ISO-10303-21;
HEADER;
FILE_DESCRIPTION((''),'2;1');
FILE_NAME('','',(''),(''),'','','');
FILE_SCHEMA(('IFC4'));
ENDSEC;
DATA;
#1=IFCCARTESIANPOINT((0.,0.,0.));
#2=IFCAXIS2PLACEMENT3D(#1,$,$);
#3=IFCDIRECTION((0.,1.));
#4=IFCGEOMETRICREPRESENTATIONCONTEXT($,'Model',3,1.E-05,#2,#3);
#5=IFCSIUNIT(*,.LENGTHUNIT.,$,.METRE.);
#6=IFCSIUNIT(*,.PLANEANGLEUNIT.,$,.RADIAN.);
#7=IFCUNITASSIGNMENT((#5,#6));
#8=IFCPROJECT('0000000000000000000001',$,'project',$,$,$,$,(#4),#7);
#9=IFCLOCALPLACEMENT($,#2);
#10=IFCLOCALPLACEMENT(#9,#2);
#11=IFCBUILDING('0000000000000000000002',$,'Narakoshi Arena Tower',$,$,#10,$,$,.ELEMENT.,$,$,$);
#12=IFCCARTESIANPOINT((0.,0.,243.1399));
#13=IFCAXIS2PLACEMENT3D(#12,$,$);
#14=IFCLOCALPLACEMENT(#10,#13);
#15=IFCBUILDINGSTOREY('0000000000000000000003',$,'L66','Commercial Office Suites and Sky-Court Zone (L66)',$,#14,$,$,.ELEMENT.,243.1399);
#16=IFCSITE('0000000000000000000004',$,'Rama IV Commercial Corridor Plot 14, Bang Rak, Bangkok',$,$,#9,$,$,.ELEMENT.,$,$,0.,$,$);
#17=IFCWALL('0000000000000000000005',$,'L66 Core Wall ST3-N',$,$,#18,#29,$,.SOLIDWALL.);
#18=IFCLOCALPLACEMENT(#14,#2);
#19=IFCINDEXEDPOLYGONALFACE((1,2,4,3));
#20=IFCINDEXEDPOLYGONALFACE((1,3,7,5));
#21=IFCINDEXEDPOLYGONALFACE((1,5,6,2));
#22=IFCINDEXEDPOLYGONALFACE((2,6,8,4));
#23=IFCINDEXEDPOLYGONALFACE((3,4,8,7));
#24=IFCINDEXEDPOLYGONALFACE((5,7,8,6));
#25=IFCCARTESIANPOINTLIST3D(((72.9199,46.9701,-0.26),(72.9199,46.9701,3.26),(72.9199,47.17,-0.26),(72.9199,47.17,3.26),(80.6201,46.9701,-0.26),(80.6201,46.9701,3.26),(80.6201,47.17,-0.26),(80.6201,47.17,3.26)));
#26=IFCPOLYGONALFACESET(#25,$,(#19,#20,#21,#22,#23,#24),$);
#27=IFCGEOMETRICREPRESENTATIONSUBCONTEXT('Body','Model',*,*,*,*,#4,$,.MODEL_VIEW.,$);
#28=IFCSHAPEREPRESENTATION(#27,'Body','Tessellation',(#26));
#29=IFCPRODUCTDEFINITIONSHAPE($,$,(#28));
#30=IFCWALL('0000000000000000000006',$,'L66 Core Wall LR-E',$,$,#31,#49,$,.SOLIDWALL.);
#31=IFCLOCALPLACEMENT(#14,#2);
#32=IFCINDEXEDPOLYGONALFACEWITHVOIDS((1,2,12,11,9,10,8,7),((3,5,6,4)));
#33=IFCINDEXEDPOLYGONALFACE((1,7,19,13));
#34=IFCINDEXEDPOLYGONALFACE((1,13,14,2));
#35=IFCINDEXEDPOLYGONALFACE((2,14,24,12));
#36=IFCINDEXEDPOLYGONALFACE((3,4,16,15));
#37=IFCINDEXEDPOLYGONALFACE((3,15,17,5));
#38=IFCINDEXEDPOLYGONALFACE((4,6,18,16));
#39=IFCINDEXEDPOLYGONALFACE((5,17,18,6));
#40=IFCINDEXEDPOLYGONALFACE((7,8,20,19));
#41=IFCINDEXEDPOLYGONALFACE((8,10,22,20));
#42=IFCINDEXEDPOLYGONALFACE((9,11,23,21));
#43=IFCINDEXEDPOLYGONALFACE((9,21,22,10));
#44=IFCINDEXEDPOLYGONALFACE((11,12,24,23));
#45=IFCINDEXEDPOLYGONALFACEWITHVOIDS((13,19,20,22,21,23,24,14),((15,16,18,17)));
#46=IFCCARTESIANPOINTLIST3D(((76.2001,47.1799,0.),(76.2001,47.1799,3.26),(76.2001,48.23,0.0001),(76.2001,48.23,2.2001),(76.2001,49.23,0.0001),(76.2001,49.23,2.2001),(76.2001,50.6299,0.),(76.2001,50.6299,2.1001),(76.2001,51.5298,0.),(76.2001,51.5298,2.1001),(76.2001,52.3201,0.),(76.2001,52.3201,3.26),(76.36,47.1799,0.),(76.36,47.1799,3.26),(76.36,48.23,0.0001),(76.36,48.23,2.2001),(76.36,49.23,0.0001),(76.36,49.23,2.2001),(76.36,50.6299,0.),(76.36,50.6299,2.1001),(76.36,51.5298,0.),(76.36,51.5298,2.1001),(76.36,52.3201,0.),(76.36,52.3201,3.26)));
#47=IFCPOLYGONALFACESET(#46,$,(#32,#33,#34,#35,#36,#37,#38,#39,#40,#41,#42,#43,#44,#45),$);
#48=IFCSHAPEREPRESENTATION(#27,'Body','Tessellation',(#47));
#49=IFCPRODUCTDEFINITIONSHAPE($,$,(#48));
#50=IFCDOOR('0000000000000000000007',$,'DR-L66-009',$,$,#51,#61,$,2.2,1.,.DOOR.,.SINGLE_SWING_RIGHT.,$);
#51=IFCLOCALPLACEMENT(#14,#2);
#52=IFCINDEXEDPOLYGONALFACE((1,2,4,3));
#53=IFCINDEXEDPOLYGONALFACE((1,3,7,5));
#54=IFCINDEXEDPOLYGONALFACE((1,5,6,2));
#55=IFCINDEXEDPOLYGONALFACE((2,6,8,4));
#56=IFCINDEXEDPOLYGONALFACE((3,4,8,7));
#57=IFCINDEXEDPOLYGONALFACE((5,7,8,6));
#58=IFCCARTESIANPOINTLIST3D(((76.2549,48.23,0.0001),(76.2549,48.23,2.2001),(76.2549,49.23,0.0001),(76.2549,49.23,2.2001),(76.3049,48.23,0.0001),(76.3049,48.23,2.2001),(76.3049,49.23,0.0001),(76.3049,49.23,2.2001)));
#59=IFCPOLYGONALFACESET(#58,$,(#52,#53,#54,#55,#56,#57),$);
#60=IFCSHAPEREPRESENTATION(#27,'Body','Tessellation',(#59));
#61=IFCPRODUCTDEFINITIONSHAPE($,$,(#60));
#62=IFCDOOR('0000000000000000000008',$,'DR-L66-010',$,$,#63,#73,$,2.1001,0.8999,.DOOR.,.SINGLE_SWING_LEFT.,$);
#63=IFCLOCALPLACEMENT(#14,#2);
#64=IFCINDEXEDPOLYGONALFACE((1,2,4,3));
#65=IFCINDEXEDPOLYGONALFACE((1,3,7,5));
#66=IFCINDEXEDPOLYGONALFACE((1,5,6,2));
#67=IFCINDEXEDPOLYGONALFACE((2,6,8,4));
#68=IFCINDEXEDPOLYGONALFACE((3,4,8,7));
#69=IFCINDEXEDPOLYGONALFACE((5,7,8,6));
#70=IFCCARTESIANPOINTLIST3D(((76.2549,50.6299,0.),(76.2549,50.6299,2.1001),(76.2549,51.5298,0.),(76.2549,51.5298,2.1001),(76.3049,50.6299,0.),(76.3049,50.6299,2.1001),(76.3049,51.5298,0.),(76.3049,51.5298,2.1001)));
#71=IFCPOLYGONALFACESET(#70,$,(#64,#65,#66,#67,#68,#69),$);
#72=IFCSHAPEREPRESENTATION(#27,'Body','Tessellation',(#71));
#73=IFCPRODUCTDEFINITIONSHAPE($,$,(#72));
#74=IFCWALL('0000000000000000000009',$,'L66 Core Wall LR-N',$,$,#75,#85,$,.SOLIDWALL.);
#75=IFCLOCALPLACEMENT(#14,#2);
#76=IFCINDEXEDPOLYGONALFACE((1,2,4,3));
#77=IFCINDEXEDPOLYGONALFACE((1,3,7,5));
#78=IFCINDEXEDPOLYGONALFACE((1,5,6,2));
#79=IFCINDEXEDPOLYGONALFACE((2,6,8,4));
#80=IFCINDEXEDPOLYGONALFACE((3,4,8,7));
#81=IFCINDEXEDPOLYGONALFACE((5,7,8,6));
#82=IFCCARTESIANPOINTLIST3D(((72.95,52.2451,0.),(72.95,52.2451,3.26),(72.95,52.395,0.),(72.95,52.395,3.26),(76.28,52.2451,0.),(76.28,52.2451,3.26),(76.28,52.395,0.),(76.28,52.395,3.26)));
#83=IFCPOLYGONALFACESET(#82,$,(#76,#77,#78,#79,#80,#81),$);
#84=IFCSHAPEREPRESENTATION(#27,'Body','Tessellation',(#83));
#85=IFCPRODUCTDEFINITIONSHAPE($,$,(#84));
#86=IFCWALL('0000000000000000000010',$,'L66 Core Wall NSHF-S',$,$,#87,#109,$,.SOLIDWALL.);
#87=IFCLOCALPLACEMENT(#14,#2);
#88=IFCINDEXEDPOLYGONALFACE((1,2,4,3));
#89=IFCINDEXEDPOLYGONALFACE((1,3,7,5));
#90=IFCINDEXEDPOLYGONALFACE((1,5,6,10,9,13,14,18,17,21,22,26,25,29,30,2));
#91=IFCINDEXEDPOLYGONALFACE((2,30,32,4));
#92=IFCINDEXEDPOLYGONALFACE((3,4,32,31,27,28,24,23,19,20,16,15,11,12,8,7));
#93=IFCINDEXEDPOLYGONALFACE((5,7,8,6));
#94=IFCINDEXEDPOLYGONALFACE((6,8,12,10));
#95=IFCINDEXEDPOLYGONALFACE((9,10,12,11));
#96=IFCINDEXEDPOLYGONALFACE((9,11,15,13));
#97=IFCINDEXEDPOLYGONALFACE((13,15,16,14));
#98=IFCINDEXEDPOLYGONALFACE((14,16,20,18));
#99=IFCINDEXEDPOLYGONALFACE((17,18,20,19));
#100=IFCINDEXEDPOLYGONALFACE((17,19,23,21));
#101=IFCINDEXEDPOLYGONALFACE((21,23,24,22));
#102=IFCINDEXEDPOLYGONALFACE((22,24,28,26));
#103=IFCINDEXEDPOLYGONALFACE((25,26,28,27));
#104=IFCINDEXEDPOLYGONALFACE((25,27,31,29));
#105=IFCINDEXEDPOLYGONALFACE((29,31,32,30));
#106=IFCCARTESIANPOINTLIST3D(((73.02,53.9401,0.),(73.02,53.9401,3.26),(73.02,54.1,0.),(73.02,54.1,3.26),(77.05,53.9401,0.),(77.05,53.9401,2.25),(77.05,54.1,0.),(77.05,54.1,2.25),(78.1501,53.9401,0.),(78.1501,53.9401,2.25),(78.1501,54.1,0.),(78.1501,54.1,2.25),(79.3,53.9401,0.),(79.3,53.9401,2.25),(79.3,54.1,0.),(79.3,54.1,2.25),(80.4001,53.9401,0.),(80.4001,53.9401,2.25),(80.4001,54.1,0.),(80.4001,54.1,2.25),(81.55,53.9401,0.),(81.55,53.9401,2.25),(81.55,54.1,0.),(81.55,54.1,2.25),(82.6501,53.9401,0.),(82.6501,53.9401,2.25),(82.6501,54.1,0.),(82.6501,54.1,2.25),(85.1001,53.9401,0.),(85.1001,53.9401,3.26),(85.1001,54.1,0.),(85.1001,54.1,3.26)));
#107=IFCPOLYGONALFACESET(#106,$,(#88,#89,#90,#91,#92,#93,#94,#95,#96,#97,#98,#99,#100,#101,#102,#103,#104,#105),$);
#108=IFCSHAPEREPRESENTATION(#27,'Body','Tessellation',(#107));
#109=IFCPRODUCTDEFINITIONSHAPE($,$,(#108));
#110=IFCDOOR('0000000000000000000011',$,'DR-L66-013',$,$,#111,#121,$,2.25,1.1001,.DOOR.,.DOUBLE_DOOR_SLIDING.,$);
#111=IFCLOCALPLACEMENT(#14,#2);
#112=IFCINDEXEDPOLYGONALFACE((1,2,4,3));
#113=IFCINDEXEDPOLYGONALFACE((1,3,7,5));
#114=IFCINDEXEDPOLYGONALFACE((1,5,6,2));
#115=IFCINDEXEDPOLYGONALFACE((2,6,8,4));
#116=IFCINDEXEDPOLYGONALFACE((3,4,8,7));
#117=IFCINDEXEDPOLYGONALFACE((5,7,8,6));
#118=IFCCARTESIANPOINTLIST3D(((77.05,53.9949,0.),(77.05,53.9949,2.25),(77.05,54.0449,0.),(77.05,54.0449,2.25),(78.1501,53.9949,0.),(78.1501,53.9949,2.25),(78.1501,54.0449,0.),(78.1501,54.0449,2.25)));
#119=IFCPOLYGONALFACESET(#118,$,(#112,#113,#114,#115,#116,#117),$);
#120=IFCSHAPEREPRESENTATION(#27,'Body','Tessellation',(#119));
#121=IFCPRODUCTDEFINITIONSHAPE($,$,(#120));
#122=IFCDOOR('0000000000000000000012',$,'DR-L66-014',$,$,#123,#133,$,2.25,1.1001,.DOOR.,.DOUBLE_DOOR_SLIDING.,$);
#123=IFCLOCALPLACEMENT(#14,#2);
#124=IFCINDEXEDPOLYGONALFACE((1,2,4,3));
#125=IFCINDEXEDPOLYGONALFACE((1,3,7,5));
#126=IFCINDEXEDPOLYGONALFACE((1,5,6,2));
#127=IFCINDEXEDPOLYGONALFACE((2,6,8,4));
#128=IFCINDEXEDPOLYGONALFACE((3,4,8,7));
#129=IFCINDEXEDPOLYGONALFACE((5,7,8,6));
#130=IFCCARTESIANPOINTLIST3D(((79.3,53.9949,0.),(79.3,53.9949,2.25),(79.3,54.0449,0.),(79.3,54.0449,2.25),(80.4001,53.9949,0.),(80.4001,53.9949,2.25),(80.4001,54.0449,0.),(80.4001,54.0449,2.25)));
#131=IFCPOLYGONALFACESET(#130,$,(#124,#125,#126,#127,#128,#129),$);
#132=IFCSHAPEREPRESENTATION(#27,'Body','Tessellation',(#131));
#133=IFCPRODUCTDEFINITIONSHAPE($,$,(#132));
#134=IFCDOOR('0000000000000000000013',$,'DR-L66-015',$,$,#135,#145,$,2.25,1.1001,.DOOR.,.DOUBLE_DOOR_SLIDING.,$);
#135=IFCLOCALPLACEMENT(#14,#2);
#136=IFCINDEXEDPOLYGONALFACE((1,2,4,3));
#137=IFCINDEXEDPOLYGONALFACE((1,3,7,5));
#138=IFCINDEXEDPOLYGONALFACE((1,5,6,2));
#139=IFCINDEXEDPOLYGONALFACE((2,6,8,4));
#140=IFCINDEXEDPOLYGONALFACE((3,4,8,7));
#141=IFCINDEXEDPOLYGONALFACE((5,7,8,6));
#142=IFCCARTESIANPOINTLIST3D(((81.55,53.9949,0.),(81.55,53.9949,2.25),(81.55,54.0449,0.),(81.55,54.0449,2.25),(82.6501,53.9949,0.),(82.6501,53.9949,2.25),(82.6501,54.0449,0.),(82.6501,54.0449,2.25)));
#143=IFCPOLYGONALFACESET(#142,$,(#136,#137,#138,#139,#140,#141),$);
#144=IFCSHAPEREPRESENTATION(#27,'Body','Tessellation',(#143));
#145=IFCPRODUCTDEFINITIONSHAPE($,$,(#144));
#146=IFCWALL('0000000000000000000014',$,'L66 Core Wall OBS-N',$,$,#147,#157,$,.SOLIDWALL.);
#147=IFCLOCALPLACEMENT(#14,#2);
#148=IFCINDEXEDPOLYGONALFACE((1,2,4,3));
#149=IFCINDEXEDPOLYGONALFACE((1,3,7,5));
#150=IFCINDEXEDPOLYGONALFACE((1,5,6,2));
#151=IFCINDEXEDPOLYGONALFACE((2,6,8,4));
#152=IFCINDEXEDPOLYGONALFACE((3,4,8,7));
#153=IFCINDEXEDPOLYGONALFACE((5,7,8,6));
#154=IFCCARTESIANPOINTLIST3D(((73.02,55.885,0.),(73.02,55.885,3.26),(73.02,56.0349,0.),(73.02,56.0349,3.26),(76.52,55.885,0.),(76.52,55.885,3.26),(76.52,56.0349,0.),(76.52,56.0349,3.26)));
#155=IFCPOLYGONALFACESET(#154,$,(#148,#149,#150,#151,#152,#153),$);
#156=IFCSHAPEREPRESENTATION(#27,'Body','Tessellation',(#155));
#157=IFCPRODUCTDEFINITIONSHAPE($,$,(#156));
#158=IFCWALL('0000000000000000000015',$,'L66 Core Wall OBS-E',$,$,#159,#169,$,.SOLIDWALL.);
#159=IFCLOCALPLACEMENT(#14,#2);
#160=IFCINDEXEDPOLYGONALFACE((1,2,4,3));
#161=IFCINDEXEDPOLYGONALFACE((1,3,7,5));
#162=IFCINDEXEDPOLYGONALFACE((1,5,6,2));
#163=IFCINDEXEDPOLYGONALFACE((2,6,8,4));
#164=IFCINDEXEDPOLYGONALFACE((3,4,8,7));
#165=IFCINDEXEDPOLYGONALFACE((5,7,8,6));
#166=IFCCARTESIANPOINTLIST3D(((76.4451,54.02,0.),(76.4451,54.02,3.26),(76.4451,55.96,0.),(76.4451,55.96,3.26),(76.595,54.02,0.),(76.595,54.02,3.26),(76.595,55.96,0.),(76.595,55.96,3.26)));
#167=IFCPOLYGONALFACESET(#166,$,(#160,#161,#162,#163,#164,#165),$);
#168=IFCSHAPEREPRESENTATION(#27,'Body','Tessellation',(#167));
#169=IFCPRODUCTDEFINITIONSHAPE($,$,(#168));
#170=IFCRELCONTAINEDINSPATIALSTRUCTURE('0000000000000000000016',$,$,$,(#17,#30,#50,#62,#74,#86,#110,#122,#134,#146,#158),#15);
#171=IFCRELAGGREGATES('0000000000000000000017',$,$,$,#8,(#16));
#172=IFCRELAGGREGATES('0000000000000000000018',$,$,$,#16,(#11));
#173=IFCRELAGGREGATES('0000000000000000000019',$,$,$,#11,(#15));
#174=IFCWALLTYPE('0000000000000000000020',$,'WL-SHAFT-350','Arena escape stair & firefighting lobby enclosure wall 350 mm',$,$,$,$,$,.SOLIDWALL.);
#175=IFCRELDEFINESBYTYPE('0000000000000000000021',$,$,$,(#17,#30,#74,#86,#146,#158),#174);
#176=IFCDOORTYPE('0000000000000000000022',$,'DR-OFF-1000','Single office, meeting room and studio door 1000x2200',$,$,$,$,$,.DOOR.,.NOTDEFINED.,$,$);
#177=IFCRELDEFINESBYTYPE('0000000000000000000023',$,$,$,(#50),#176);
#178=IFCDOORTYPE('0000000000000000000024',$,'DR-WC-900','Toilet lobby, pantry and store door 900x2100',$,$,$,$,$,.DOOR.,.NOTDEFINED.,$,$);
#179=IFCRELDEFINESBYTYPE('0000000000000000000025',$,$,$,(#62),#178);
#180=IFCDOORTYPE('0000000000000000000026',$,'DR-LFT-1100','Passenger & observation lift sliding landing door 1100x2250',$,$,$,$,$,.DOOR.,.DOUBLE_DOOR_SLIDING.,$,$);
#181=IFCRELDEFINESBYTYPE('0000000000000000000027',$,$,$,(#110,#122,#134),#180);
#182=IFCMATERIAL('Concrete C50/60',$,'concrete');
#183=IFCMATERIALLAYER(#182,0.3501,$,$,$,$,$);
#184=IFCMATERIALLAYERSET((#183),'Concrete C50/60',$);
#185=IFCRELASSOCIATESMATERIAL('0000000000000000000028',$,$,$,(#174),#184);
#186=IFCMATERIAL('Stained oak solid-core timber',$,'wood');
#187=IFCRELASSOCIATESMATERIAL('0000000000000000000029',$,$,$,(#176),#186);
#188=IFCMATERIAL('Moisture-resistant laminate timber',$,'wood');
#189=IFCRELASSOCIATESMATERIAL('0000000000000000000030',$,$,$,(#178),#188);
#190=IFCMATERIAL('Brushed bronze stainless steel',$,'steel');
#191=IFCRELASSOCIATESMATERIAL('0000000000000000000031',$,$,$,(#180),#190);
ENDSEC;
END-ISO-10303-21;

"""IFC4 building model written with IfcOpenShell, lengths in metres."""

from ifc_helpers import new_model, si_unit, direction, frame, frame_2d, origin, place, context, subcontext, project, spatial, rectangle, extrude, material, layer, layer_set, type_object, element, fill, save


model = new_model("IFC4")

# Units and contexts
model_context = context("Model", 3, precision=1e-05, world=origin(), true_north=direction((0.0, 1.0)))
body_context = subcontext(model_context, "Body", "Model", "MODEL_VIEW")
ifc_project = project(units=[si_unit("LENGTHUNIT", "METRE"), si_unit("PLANEANGLEUNIT", "RADIAN")], contexts=[model_context])

# Site, building, storey
site_placement = place(None, origin())
site = spatial("IfcSite", under=ifc_project, at=site_placement, Name="Rama IV Commercial Corridor Plot 14, Bang Rak, Bangkok", CompositionType="ELEMENT", RefElevation=0.0)
building_placement = place(site_placement, origin())
building = spatial("IfcBuilding", under=site, at=building_placement, Name="Narakoshi Arena Tower", CompositionType="ELEMENT")
storey_placement = place(building_placement, frame((0.0, 0.0, 243.1399)))
storey = spatial("IfcBuildingStorey", under=building, at=storey_placement, Name="L66", Description="Commercial Office Suites and Sky-Court Zone (L66)", CompositionType="ELEMENT", Elevation=243.1399)

# Shared definitions
ifc_material_1 = material(Name="Concrete C50/60", Category="concrete")

# Wall
ifc_layer_1 = layer(ifc_material_1, 0.3501)
ifc_layer_set_1 = layer_set([ifc_layer_1], Name="Concrete C50/60")
wall_type_1 = type_object("IfcWallType", Name="WL-SHAFT-350", Description="Arena escape stair & firefighting lobby enclosure wall 350 mm", PredefinedType="SOLIDWALL", material=ifc_layer_set_1)
wall_1_placement = place(storey_placement, frame((72.9199, 47.0701, -0.26), z_axis=(0.0, 0.0, 1.0), x_axis=(1.0, 0.0, 0.0)))
element("IfcWall", 1, at=wall_1_placement, inside=storey, type_object=wall_type_1, Name="L66 Core Wall ST3-N", PredefinedType="SOLIDWALL", context=body_context, shape_type="SweptSolid", body=[
    extrude(rectangle(XDim=7.7002, YDim=0.2, at=frame_2d((3.8501, 0.0))), origin(), (0.0, 0.0, 1.0), 3.52),
])

# Wall, openings, doors
wall_2_placement = place(storey_placement, frame((76.28, 47.1799, 0.0), z_axis=(0.0, 0.0, 1.0), x_axis=(0.0, 1.0, 0.0)))
wall_2 = element("IfcWall", 2, at=wall_2_placement, inside=storey, type_object=wall_type_1, Name="L66 Core Wall LR-E", PredefinedType="SOLIDWALL", context=body_context, shape_type="SweptSolid", body=[
    extrude(rectangle(XDim=5.1401, YDim=0.1599, at=frame_2d((2.5701, 0.0))), origin(), (0.0, 0.0, 1.0), 3.26),
])
opening_1_placement = place(wall_2_placement, frame((1.05, 0.0, 0.0)))
opening_1 = element("IfcOpeningElement", 3, at=opening_1_placement, cuts=wall_2, PredefinedType="OPENING", context=body_context, shape_type="SweptSolid", body=[
    extrude(rectangle(XDim=1.0, YDim=2.2, at=frame_2d((0.5, 1.1001))), frame((0.0, 0.0898, 0.0), z_axis=(0.0, -1.0, 0.0), x_axis=(1.0, 0.0, 0.0)), (0.0, 0.0, 1.0), 0.1799),
])
opening_2_placement = place(wall_2_placement, frame((3.45, 0.0, 0.0)))
opening_2 = element("IfcOpeningElement", 4, at=opening_2_placement, cuts=wall_2, PredefinedType="OPENING", context=body_context, shape_type="SweptSolid", body=[
    extrude(rectangle(XDim=0.8999, YDim=2.1001, at=frame_2d((0.45, 1.05))), frame((0.0, 0.0898, 0.0), z_axis=(0.0, -1.0, 0.0), x_axis=(1.0, 0.0, 0.0)), (0.0, 0.0, 1.0), 0.1799),
])
ifc_material_2 = material(Name="Stained oak solid-core timber", Category="wood")
door_type_1 = type_object("IfcDoorType", Name="DR-OFF-1000", Description="Single office, meeting room and studio door 1000x2200", OperationType="NOTDEFINED", PredefinedType="DOOR", material=ifc_material_2)
door_1_placement = place(opening_1_placement, frame((1.0, 0.0, 0.0), z_axis=(0.0, 0.0, 1.0), x_axis=(-1.0, 0.0, 0.0)))
door_1 = element("IfcDoor", 5, at=door_1_placement, inside=storey, type_object=door_type_1, Name="DR-L66-009", OperationType="SINGLE_SWING_RIGHT", OverallHeight=2.2, OverallWidth=1.0, PredefinedType="DOOR", context=body_context, shape_type="SweptSolid", body=[
    extrude(rectangle(XDim=1.0, YDim=2.2, at=frame_2d((0.5, 1.1001))), frame((0.0, 0.0249, 0.0), z_axis=(0.0, -1.0, 0.0), x_axis=(1.0, 0.0, 0.0)), (0.0, 0.0, 1.0), 0.05),
])
fill(opening_1, door_1)
ifc_material_3 = material(Name="Moisture-resistant laminate timber", Category="wood")
door_type_2 = type_object("IfcDoorType", Name="DR-WC-900", Description="Toilet lobby, pantry and store door 900x2100", OperationType="NOTDEFINED", PredefinedType="DOOR", material=ifc_material_3)
door_2_placement = place(opening_2_placement, frame((0.8999, 0.0, 0.0), z_axis=(0.0, 0.0, 1.0), x_axis=(-1.0, 0.0, 0.0)))
door_2 = element("IfcDoor", 6, at=door_2_placement, inside=storey, type_object=door_type_2, Name="DR-L66-010", OperationType="SINGLE_SWING_LEFT", OverallHeight=2.1001, OverallWidth=0.8999, PredefinedType="DOOR", context=body_context, shape_type="SweptSolid", body=[
    extrude(rectangle(XDim=0.8999, YDim=2.1001, at=frame_2d((0.45, 1.05))), frame((0.0, 0.0249, 0.0), z_axis=(0.0, -1.0, 0.0), x_axis=(1.0, 0.0, 0.0)), (0.0, 0.0, 1.0), 0.05),
])
fill(opening_2, door_2)

# Wall
wall_3_placement = place(storey_placement, frame((72.95, 52.3201, 0.0), z_axis=(0.0, 0.0, 1.0), x_axis=(1.0, 0.0, 0.0)))
element("IfcWall", 7, at=wall_3_placement, inside=storey, type_object=wall_type_1, Name="L66 Core Wall LR-N", PredefinedType="SOLIDWALL", context=body_context, shape_type="SweptSolid", body=[
    extrude(rectangle(XDim=3.3301, YDim=0.1499, at=frame_2d((1.665, 0.0))), origin(), (0.0, 0.0, 1.0), 3.26),
])

# Wall, openings, doors
wall_4_placement = place(storey_placement, frame((73.02, 54.02, 0.0), z_axis=(0.0, 0.0, 1.0), x_axis=(1.0, 0.0, 0.0)))
wall_4 = element("IfcWall", 8, at=wall_4_placement, inside=storey, type_object=wall_type_1, Name="L66 Core Wall NSHF-S", PredefinedType="SOLIDWALL", context=body_context, shape_type="SweptSolid", body=[
    extrude(rectangle(XDim=12.0801, YDim=0.1599, at=frame_2d((6.04, 0.0))), origin(), (0.0, 0.0, 1.0), 3.26),
])
opening_3_placement = place(wall_4_placement, frame((4.03, 0.0, 0.0)))
opening_3 = element("IfcOpeningElement", 9, at=opening_3_placement, cuts=wall_4, PredefinedType="OPENING", context=body_context, shape_type="SweptSolid", body=[
    extrude(rectangle(XDim=1.1001, YDim=2.25, at=frame_2d((0.55, 1.125))), frame((0.0, 0.0898, 0.0), z_axis=(0.0, -1.0, 0.0), x_axis=(1.0, 0.0, 0.0)), (0.0, 0.0, 1.0), 0.1799),
])
opening_4_placement = place(wall_4_placement, frame((6.28, 0.0, 0.0)))
opening_4 = element("IfcOpeningElement", 10, at=opening_4_placement, cuts=wall_4, PredefinedType="OPENING", context=body_context, shape_type="SweptSolid", body=[
    extrude(rectangle(XDim=1.1001, YDim=2.25, at=frame_2d((0.55, 1.125))), frame((0.0, 0.0898, 0.0), z_axis=(0.0, -1.0, 0.0), x_axis=(1.0, 0.0, 0.0)), (0.0, 0.0, 1.0), 0.1799),
])
opening_5_placement = place(wall_4_placement, frame((8.53, 0.0, 0.0)))
opening_5 = element("IfcOpeningElement", 11, at=opening_5_placement, cuts=wall_4, PredefinedType="OPENING", context=body_context, shape_type="SweptSolid", body=[
    extrude(rectangle(XDim=1.1001, YDim=2.25, at=frame_2d((0.55, 1.125))), frame((0.0, 0.0898, 0.0), z_axis=(0.0, -1.0, 0.0), x_axis=(1.0, 0.0, 0.0)), (0.0, 0.0, 1.0), 0.1799),
])
ifc_material_4 = material(Name="Brushed bronze stainless steel", Category="steel")
door_type_3 = type_object("IfcDoorType", Name="DR-LFT-1100", Description="Passenger & observation lift sliding landing door 1100x2250", OperationType="DOUBLE_DOOR_SLIDING", PredefinedType="DOOR", material=ifc_material_4)
door_3_placement = place(opening_3_placement, origin())
door_3 = element("IfcDoor", 12, at=door_3_placement, inside=storey, type_object=door_type_3, Name="DR-L66-013", OperationType="DOUBLE_DOOR_SLIDING", OverallHeight=2.25, OverallWidth=1.1001, PredefinedType="DOOR", context=body_context, shape_type="SweptSolid", body=[
    extrude(rectangle(XDim=1.1001, YDim=2.25, at=frame_2d((0.55, 1.125))), frame((0.0, 0.0249, 0.0), z_axis=(0.0, -1.0, 0.0), x_axis=(1.0, 0.0, 0.0)), (0.0, 0.0, 1.0), 0.05),
])
fill(opening_3, door_3)
door_4_placement = place(opening_4_placement, origin())
door_4 = element("IfcDoor", 13, at=door_4_placement, inside=storey, type_object=door_type_3, Name="DR-L66-014", OperationType="DOUBLE_DOOR_SLIDING", OverallHeight=2.25, OverallWidth=1.1001, PredefinedType="DOOR", context=body_context, shape_type="SweptSolid", body=[
    extrude(rectangle(XDim=1.1001, YDim=2.25, at=frame_2d((0.55, 1.125))), frame((0.0, 0.0249, 0.0), z_axis=(0.0, -1.0, 0.0), x_axis=(1.0, 0.0, 0.0)), (0.0, 0.0, 1.0), 0.05),
])
fill(opening_4, door_4)
door_5_placement = place(opening_5_placement, origin())
door_5 = element("IfcDoor", 14, at=door_5_placement, inside=storey, type_object=door_type_3, Name="DR-L66-015", OperationType="DOUBLE_DOOR_SLIDING", OverallHeight=2.25, OverallWidth=1.1001, PredefinedType="DOOR", context=body_context, shape_type="SweptSolid", body=[
    extrude(rectangle(XDim=1.1001, YDim=2.25, at=frame_2d((0.55, 1.125))), frame((0.0, 0.0249, 0.0), z_axis=(0.0, -1.0, 0.0), x_axis=(1.0, 0.0, 0.0)), (0.0, 0.0, 1.0), 0.05),
])
fill(opening_5, door_5)

# Walls
wall_5_placement = place(storey_placement, frame((73.02, 55.96, 0.0), z_axis=(0.0, 0.0, 1.0), x_axis=(1.0, 0.0, 0.0)))
element("IfcWall", 15, at=wall_5_placement, inside=storey, type_object=wall_type_1, Name="L66 Core Wall OBS-N", PredefinedType="SOLIDWALL", context=body_context, shape_type="SweptSolid", body=[
    extrude(rectangle(XDim=3.5, YDim=0.1499, at=frame_2d((1.75, 0.0))), origin(), (0.0, 0.0, 1.0), 3.26),
])
wall_6_placement = place(storey_placement, frame((76.52, 54.02, 0.0), z_axis=(0.0, 0.0, 1.0), x_axis=(0.0, 1.0, 0.0)))
element("IfcWall", 16, at=wall_6_placement, inside=storey, type_object=wall_type_1, Name="L66 Core Wall OBS-E", PredefinedType="SOLIDWALL", context=body_context, shape_type="SweptSolid", body=[
    extrude(rectangle(XDim=1.9399, YDim=0.1499, at=frame_2d((0.97, 0.0))), origin(), (0.0, 0.0, 1.0), 3.26),
])

save(model, "model.ifc")
